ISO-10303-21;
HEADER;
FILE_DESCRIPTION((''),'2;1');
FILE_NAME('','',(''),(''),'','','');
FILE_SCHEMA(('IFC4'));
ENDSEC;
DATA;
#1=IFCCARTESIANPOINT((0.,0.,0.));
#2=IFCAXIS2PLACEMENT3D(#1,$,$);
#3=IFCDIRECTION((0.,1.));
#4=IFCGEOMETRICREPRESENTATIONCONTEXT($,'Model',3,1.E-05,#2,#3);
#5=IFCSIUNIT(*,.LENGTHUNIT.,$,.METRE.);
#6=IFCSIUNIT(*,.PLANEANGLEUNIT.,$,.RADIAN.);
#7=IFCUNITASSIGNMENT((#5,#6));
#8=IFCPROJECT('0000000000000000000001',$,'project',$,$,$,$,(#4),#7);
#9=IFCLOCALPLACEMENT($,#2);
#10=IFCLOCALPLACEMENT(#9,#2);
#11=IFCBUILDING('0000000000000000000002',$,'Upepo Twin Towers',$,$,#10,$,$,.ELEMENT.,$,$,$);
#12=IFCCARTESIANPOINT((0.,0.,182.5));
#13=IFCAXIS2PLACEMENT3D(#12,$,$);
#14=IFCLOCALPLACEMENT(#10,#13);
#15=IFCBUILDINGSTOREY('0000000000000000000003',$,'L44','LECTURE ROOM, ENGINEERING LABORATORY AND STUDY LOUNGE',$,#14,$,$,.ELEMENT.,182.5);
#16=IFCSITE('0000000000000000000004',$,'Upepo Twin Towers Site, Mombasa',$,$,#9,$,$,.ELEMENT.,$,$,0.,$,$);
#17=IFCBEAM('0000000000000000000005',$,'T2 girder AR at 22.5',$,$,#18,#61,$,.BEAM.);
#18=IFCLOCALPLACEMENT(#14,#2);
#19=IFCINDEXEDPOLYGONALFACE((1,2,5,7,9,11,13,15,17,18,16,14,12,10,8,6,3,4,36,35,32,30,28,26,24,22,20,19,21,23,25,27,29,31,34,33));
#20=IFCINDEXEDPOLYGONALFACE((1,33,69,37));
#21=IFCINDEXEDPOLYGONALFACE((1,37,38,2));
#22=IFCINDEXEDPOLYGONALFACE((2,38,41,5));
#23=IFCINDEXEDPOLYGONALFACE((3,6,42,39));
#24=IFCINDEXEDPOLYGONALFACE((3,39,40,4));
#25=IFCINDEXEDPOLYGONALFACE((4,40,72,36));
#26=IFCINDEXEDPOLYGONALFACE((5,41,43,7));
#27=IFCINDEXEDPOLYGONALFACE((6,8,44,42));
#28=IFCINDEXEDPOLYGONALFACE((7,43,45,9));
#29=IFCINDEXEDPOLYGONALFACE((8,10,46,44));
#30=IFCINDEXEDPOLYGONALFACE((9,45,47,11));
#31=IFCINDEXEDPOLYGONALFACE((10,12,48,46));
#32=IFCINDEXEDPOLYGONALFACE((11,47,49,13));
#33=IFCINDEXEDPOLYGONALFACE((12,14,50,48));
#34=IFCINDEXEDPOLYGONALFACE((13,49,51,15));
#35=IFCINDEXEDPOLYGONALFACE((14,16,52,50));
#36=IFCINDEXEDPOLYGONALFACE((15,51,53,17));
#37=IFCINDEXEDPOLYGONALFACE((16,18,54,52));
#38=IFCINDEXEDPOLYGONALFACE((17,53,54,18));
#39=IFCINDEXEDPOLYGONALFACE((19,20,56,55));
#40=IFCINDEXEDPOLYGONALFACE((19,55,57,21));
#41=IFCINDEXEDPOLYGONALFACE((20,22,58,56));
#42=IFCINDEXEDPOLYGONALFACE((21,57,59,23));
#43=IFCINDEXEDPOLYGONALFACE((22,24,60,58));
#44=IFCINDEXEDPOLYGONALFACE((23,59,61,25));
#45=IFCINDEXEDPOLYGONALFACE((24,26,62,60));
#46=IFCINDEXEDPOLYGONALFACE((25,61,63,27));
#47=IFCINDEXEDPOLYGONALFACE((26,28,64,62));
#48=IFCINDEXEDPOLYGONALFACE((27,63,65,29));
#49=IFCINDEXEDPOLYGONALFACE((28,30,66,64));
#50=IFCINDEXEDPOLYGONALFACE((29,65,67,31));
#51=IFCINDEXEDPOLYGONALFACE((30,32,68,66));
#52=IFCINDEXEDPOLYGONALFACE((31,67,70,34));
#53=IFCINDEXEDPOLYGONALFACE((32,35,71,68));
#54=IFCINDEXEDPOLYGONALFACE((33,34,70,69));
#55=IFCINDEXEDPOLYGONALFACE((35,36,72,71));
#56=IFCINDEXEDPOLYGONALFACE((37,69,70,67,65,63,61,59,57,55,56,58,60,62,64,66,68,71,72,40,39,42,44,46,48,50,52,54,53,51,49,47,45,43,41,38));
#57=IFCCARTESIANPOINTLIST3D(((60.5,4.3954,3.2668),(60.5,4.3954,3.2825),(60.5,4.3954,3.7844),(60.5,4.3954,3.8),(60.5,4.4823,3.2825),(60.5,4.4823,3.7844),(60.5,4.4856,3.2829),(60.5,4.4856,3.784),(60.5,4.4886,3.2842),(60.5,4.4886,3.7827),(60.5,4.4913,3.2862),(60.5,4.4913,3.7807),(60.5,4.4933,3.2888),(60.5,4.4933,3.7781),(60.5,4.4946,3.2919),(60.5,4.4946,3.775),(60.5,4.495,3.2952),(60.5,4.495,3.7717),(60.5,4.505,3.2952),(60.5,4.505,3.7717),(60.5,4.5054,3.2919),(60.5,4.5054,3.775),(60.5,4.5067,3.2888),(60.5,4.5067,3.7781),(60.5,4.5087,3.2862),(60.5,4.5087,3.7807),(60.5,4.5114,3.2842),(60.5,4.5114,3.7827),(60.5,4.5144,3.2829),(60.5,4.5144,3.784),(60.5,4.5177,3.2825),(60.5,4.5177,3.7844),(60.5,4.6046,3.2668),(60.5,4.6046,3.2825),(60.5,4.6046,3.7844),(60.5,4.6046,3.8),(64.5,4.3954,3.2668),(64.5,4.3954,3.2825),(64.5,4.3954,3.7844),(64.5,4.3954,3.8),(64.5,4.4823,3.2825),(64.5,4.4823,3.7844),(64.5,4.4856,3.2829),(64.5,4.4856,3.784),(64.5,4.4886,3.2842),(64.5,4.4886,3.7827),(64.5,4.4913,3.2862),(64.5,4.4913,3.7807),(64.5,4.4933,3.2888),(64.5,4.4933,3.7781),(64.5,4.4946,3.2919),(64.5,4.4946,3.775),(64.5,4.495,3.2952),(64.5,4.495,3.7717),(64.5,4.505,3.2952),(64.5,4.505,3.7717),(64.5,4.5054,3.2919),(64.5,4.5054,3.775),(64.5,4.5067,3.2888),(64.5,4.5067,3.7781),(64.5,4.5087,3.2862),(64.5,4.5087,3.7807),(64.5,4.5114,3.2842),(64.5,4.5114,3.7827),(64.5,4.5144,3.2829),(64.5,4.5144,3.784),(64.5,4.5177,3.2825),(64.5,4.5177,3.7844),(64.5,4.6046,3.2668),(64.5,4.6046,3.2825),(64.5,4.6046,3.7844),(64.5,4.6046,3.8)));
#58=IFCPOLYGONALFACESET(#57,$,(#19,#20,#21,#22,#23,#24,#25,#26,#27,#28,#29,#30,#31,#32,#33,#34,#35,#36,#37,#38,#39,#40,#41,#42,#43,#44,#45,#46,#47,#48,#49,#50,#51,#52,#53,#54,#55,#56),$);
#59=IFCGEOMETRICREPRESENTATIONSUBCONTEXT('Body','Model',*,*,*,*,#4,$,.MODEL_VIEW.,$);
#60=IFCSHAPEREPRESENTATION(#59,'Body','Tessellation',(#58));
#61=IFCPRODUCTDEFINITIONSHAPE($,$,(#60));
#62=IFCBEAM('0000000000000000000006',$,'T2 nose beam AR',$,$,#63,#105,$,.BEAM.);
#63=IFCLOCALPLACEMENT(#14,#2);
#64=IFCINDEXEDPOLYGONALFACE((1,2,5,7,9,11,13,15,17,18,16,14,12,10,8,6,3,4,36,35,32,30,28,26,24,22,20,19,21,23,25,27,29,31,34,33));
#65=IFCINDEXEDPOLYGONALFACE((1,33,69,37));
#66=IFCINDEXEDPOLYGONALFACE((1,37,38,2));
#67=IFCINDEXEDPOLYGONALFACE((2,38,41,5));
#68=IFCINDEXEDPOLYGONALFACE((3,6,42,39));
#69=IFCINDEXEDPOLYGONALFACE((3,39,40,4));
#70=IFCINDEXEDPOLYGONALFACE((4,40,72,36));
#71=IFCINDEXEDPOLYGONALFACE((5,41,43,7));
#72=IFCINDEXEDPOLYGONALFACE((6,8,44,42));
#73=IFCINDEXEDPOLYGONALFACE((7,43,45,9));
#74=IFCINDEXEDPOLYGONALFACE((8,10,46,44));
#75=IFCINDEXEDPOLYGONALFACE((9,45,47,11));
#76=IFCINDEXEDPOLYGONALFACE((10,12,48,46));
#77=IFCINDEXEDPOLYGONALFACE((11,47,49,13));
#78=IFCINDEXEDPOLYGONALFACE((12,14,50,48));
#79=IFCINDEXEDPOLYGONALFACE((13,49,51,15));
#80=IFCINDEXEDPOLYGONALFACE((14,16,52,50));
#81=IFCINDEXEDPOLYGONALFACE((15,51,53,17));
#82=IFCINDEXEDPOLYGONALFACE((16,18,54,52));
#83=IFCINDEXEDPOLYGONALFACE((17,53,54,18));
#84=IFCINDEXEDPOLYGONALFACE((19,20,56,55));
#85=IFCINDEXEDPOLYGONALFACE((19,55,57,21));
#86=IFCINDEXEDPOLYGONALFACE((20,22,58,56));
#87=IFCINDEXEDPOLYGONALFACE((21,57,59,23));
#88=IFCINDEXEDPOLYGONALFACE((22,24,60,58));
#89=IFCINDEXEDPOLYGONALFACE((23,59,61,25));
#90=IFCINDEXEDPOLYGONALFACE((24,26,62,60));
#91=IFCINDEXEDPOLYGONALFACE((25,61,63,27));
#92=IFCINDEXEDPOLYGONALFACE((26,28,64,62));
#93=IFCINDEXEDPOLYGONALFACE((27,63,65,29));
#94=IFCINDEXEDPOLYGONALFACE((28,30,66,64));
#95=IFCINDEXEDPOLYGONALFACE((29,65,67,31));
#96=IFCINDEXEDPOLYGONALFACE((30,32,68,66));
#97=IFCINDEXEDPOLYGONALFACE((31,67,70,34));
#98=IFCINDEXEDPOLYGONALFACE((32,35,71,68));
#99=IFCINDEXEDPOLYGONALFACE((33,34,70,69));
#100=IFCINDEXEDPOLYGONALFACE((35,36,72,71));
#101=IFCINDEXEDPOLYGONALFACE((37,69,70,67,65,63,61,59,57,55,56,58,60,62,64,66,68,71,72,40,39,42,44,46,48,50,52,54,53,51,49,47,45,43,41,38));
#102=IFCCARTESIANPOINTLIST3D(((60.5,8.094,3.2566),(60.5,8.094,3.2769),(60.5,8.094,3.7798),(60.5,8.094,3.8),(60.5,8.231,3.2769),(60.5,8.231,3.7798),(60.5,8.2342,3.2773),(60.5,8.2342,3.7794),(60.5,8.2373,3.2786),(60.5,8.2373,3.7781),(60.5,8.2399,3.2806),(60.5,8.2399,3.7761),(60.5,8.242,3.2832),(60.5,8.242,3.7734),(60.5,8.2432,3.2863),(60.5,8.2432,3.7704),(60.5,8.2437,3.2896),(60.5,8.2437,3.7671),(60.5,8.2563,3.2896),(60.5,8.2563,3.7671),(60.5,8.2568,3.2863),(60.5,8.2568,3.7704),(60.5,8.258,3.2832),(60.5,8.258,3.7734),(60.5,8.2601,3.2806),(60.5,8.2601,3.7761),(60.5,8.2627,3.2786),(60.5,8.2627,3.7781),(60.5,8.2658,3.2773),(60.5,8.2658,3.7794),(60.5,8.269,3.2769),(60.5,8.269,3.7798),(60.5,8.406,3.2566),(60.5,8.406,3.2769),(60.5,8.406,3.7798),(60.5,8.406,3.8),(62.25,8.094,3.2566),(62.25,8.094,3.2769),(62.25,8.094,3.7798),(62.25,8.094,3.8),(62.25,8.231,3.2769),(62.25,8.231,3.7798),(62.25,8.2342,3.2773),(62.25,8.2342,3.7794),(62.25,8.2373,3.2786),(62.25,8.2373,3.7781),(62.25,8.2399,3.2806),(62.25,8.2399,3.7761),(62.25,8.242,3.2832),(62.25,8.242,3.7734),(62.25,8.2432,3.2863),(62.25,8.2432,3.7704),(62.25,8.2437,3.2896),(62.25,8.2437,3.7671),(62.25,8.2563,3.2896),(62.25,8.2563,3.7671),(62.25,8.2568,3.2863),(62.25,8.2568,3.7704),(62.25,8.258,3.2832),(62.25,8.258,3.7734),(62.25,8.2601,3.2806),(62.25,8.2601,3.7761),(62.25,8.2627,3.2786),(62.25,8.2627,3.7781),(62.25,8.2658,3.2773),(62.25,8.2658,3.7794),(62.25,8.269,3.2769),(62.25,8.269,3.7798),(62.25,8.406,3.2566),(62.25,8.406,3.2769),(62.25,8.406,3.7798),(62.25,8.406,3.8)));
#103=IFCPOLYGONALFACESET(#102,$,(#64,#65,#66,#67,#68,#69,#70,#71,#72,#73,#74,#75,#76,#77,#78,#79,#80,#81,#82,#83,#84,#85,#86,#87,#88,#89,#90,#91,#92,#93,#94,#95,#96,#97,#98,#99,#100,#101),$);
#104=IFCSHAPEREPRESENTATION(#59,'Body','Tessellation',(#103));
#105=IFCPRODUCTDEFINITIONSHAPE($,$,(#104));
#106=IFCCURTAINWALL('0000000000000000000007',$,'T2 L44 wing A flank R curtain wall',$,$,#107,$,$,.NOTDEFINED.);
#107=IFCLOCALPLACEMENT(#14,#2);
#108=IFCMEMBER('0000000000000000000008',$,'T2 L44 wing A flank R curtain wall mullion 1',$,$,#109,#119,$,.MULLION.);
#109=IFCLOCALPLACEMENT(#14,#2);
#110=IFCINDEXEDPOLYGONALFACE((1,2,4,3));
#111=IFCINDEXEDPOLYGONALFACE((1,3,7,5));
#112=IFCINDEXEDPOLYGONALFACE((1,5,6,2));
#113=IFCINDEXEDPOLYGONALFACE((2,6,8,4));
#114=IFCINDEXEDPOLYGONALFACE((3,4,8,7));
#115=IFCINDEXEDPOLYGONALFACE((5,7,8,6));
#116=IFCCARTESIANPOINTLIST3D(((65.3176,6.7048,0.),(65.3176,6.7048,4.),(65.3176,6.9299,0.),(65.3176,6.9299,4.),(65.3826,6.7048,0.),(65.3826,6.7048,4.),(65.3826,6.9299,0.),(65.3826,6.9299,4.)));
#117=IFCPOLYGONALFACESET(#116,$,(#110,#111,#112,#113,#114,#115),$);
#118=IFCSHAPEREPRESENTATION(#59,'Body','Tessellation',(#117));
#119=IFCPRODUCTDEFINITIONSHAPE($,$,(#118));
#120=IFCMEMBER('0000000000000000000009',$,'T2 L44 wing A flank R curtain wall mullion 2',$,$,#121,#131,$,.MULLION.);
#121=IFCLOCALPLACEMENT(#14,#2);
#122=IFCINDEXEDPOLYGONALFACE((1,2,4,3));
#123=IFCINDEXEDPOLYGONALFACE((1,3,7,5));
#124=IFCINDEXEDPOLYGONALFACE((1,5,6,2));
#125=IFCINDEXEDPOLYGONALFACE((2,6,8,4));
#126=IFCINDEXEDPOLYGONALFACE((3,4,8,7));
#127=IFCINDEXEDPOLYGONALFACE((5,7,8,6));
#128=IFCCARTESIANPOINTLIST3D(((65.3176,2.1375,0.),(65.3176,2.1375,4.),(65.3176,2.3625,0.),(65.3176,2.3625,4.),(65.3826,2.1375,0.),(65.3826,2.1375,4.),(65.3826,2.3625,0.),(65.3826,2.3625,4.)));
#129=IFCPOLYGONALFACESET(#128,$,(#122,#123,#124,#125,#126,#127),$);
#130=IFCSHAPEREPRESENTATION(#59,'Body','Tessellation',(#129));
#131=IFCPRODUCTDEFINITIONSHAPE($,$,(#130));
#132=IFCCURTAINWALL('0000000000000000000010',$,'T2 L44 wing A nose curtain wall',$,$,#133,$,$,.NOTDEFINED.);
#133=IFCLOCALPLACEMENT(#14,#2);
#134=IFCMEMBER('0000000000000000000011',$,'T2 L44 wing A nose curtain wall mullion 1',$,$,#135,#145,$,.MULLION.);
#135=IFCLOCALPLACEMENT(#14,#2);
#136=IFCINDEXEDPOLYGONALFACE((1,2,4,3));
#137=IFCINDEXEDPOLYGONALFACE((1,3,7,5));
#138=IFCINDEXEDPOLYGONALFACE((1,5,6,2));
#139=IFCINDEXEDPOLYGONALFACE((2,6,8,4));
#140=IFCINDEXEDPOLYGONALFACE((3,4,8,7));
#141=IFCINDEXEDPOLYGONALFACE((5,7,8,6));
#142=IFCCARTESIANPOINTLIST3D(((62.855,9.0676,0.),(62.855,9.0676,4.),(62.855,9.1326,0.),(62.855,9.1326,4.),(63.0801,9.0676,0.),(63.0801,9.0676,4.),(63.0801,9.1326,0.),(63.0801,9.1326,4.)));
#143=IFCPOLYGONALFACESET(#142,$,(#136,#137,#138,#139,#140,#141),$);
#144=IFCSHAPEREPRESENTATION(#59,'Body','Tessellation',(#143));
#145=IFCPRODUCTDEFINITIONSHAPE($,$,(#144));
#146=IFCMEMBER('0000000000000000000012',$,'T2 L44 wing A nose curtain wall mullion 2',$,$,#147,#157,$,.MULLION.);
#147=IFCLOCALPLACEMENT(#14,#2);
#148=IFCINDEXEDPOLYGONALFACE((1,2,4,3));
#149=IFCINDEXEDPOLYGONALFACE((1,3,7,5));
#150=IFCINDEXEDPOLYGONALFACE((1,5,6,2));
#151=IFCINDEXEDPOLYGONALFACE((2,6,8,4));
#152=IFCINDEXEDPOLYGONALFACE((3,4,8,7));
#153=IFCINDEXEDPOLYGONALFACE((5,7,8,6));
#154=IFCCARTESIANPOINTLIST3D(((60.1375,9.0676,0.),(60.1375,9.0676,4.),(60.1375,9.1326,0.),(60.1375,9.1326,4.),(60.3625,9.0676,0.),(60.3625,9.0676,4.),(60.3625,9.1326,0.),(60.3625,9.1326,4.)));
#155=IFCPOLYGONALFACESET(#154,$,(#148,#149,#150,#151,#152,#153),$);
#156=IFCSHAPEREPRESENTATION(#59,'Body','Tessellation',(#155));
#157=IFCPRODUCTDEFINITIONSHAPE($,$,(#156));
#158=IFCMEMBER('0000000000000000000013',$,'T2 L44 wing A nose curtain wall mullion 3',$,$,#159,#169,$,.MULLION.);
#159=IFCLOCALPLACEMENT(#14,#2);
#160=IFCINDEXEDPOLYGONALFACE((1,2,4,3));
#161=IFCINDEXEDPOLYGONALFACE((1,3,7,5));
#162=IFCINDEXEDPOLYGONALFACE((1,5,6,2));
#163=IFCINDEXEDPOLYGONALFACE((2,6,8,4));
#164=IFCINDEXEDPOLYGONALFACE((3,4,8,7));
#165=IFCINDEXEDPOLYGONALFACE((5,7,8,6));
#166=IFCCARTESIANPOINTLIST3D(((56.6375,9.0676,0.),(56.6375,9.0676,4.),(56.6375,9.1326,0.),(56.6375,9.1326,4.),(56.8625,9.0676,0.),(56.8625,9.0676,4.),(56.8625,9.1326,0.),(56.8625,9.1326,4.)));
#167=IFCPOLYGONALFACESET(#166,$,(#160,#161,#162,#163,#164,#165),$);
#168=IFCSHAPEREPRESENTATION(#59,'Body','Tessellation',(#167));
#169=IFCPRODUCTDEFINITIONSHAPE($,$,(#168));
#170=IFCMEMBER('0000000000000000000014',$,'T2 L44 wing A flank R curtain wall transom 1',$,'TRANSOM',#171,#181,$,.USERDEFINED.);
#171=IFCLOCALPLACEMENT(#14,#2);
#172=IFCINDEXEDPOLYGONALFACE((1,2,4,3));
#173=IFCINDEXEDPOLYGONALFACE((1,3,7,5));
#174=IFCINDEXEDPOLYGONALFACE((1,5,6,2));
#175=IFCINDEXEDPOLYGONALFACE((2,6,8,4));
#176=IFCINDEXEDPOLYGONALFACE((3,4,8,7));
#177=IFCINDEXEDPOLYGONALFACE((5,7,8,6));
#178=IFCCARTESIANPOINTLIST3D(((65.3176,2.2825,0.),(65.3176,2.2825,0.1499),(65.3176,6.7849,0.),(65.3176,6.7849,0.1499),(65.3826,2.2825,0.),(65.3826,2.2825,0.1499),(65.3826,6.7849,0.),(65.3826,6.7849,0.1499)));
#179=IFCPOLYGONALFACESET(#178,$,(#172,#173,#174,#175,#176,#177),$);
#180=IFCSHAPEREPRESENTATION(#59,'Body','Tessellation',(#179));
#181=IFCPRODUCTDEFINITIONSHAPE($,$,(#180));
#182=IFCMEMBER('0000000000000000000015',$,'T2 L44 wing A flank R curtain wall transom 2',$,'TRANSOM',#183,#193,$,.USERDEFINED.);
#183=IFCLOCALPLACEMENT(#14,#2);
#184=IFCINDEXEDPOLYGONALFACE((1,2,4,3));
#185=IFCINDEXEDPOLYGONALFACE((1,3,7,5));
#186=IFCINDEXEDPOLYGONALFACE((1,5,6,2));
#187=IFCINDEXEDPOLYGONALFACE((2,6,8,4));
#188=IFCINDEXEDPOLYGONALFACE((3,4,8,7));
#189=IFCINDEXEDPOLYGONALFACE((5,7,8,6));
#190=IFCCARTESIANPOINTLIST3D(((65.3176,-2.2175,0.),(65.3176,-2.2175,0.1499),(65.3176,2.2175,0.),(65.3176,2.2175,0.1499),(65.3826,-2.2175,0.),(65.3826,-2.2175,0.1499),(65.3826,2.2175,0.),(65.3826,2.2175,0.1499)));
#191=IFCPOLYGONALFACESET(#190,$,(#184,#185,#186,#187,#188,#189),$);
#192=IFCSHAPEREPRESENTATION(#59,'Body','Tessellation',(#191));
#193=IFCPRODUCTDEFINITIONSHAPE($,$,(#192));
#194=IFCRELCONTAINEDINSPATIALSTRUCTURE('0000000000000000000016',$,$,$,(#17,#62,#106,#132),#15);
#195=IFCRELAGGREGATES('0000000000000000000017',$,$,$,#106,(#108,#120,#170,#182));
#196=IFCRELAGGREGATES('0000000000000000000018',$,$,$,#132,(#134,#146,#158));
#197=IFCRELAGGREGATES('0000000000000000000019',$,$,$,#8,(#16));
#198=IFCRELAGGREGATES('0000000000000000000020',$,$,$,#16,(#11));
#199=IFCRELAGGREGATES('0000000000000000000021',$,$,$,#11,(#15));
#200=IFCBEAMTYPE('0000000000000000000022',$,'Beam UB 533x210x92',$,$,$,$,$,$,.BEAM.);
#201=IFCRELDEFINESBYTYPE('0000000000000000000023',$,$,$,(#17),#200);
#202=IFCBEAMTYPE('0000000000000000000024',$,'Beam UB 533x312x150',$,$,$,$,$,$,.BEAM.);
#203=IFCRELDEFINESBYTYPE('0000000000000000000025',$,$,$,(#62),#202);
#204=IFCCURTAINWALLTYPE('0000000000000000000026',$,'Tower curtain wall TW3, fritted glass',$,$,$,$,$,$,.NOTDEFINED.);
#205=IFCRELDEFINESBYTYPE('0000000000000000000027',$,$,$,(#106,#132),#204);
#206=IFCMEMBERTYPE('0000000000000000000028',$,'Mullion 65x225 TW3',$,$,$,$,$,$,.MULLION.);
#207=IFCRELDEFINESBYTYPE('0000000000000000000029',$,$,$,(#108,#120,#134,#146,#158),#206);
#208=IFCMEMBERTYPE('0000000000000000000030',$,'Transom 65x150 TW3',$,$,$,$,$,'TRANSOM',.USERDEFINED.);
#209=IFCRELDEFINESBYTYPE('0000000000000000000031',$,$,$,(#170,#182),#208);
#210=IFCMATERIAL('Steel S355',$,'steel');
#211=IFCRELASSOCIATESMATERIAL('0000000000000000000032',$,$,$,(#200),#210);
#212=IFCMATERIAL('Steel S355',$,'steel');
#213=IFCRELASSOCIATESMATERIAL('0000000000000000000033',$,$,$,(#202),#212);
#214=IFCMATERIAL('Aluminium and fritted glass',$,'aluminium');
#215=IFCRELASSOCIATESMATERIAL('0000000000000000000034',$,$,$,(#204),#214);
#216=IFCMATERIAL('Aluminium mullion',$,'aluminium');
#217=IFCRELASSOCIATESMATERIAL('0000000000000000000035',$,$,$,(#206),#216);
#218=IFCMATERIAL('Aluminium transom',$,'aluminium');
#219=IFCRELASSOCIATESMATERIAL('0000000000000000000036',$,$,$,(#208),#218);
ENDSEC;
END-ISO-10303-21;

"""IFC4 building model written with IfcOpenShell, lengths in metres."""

from ifc_helpers import new_model, si_unit, direction, frame, origin, origin_2d, place, context, subcontext, project, spatial, rectangle, i_section, extrude, material, material_profile, profile_set, type_object, element, aggregate, save


model = new_model("IFC4")

# Units and contexts
model_context = context("Model", 3, precision=1e-05, world=origin(), true_north=direction((0.0, 1.0)))
body_context = subcontext(model_context, "Body", "Model", "MODEL_VIEW")
ifc_project = project(units=[si_unit("LENGTHUNIT", "METRE"), si_unit("PLANEANGLEUNIT", "RADIAN")], contexts=[model_context])

# Site, building, storey
site_placement = place(None, origin())
site = spatial("IfcSite", under=ifc_project, at=site_placement, Name="Upepo Twin Towers Site, Mombasa", CompositionType="ELEMENT", RefElevation=0.0)
building_placement = place(site_placement, origin())
building = spatial("IfcBuilding", under=site, at=building_placement, Name="Upepo Twin Towers", CompositionType="ELEMENT")
storey_placement = place(building_placement, frame((0.0, 0.0, 182.5)))
storey = spatial("IfcBuildingStorey", under=building, at=storey_placement, Name="L44", Description="LECTURE ROOM, ENGINEERING LABORATORY AND STUDY LOUNGE", CompositionType="ELEMENT", Elevation=182.5)

# Beams
ifc_material_1 = material(Name="Steel S355", Category="steel")
ifc_material_profile_1 = material_profile(ifc_material_1, i_section(OverallWidth=0.2092, OverallDepth=0.5332, WebThickness=0.01, FlangeThickness=0.0156, FilletRadius=0.0127, at=origin_2d()), Name="UB 533x210x92")
ifc_profile_set_1 = profile_set([ifc_material_profile_1], Name="Steel S355")
beam_type_1 = type_object("IfcBeamType", Name="Beam UB 533x210x92", PredefinedType="BEAM", material=ifc_profile_set_1)
for number, where, z_axis, x_axis, name in (
    (1, (64.5, 4.5, 3.5334), (-1.0, 0.0, 0.0), (0.0, -1.0, 0.0), "T2 girder AR at 22.5"),
):
    element("IfcBeam", number, at=place(storey_placement, frame(where, z_axis=z_axis, x_axis=x_axis)), inside=storey, type_object=beam_type_1, Name=name, PredefinedType="BEAM", context=body_context, shape_type="SweptSolid", body=[
        extrude(i_section(OverallWidth=0.2092, OverallDepth=0.5332, WebThickness=0.01, FlangeThickness=0.0156, FilletRadius=0.0127, at=origin_2d()), origin(), (0.0, 0.0, 1.0), 4.0),
    ])
ifc_material_2 = material(Name="Steel S355", Category="steel")
ifc_material_profile_2 = material_profile(ifc_material_2, i_section(OverallWidth=0.312, OverallDepth=0.5435, WebThickness=0.0127, FlangeThickness=0.0203, FilletRadius=0.0127, at=origin_2d()), Name="UB 533x312x150")
ifc_profile_set_2 = profile_set([ifc_material_profile_2], Name="Steel S355")
beam_type_2 = type_object("IfcBeamType", Name="Beam UB 533x312x150", PredefinedType="BEAM", material=ifc_profile_set_2)
beam_1_placement = place(storey_placement, frame((62.25, 8.25, 3.5283), z_axis=(-1.0, 0.0, 0.0), x_axis=(0.0, -1.0, 0.0)))
element("IfcBeam", 2, at=beam_1_placement, inside=storey, type_object=beam_type_2, Name="T2 nose beam AR", PredefinedType="BEAM", context=body_context, shape_type="SweptSolid", body=[
    extrude(i_section(OverallWidth=0.312, OverallDepth=0.5435, WebThickness=0.0127, FlangeThickness=0.0203, FilletRadius=0.0127, at=origin_2d()), origin(), (0.0, 0.0, 1.0), 1.75),
])

# Curtain walls, members
ifc_material_3 = material(Name="Aluminium and fritted glass", Category="aluminium")
curtain_wall_type = type_object("IfcCurtainWallType", Name="Tower curtain wall TW3, fritted glass", PredefinedType="NOTDEFINED", material=ifc_material_3)
curtain_wall_1_placement = place(storey_placement, origin())
curtain_wall_1 = element("IfcCurtainWall", 3, at=curtain_wall_1_placement, inside=storey, type_object=curtain_wall_type, Name="T2 L44 wing A flank R curtain wall", PredefinedType="NOTDEFINED")
ifc_material_4 = material(Name="Aluminium mullion", Category="aluminium")
ifc_material_profile_3 = material_profile(ifc_material_4, rectangle(XDim=0.0649, YDim=0.2251, at=origin_2d()), Name="MULLION 65x225")
ifc_profile_set_3 = profile_set([ifc_material_profile_3], Name="Aluminium mullion")
member_type_1 = type_object("IfcMemberType", Name="Mullion 65x225 TW3", PredefinedType="MULLION", material=ifc_profile_set_3)
member_1_placement = place(storey_placement, frame((65.3501, 6.8174, 0.0), z_axis=(0.0, 0.0, 1.0), x_axis=(1.0, 0.0, 0.0)))
member_1 = element("IfcMember", 4, at=member_1_placement, type_object=member_type_1, Name="T2 L44 wing A flank R curtain wall mullion 1", PredefinedType="MULLION", context=body_context, shape_type="SweptSolid", body=[
    extrude(rectangle(XDim=0.0649, YDim=0.2251, at=origin_2d()), origin(), (0.0, 0.0, 1.0), 4.0),
])
member_2_placement = place(storey_placement, frame((65.3501, 2.25, 0.0), z_axis=(0.0, 0.0, 1.0), x_axis=(1.0, 0.0, 0.0)))
member_2 = element("IfcMember", 5, at=member_2_placement, type_object=member_type_1, Name="T2 L44 wing A flank R curtain wall mullion 2", PredefinedType="MULLION", context=body_context, shape_type="SweptSolid", body=[
    extrude(rectangle(XDim=0.0649, YDim=0.2251, at=origin_2d()), origin(), (0.0, 0.0, 1.0), 4.0),
])
curtain_wall_2_placement = place(storey_placement, origin())
curtain_wall_2 = element("IfcCurtainWall", 6, at=curtain_wall_2_placement, inside=storey, type_object=curtain_wall_type, Name="T2 L44 wing A nose curtain wall", PredefinedType="NOTDEFINED")
member_3_placement = place(storey_placement, frame((62.9675, 9.1001, 0.0), z_axis=(0.0, 0.0, 1.0), x_axis=(0.0, -1.0, 0.0)))
member_3 = element("IfcMember", 7, at=member_3_placement, type_object=member_type_1, Name="T2 L44 wing A nose curtain wall mullion 1", PredefinedType="MULLION", context=body_context, shape_type="SweptSolid", body=[
    extrude(rectangle(XDim=0.0649, YDim=0.2251, at=origin_2d()), origin(), (0.0, 0.0, 1.0), 4.0),
])
member_4_placement = place(storey_placement, frame((60.25, 9.1001, 0.0), z_axis=(0.0, 0.0, 1.0), x_axis=(0.0, -1.0, 0.0)))
member_4 = element("IfcMember", 8, at=member_4_placement, type_object=member_type_1, Name="T2 L44 wing A nose curtain wall mullion 2", PredefinedType="MULLION", context=body_context, shape_type="SweptSolid", body=[
    extrude(rectangle(XDim=0.0649, YDim=0.2251, at=origin_2d()), origin(), (0.0, 0.0, 1.0), 4.0),
])
member_5_placement = place(storey_placement, frame((56.75, 9.1001, 0.0), z_axis=(0.0, 0.0, 1.0), x_axis=(0.0, -1.0, 0.0)))
member_5 = element("IfcMember", 9, at=member_5_placement, type_object=member_type_1, Name="T2 L44 wing A nose curtain wall mullion 3", PredefinedType="MULLION", context=body_context, shape_type="SweptSolid", body=[
    extrude(rectangle(XDim=0.0649, YDim=0.2251, at=origin_2d()), origin(), (0.0, 0.0, 1.0), 4.0),
])

# Members
ifc_material_5 = material(Name="Aluminium transom", Category="aluminium")
ifc_material_profile_4 = material_profile(ifc_material_5, rectangle(XDim=0.0649, YDim=0.1499, at=origin_2d()), Name="TRANSOM 65x150")
ifc_profile_set_4 = profile_set([ifc_material_profile_4], Name="Aluminium transom")
member_type_2 = type_object("IfcMemberType", Name="Transom 65x150 TW3", ElementType="TRANSOM", PredefinedType="USERDEFINED", material=ifc_profile_set_4)
member_6_placement = place(storey_placement, frame((65.3501, 6.7849, 0.075), z_axis=(0.0, -1.0, 0.0), x_axis=(1.0, 0.0, 0.0)))
member_6 = element("IfcMember", 10, at=member_6_placement, type_object=member_type_2, Name="T2 L44 wing A flank R curtain wall transom 1", ObjectType="TRANSOM", PredefinedType="USERDEFINED", context=body_context, shape_type="SweptSolid", body=[
    extrude(rectangle(XDim=0.0649, YDim=0.1499, at=origin_2d()), origin(), (0.0, 0.0, 1.0), 4.5024),
])
member_7_placement = place(storey_placement, frame((65.3501, 2.2175, 0.075), z_axis=(0.0, -1.0, 0.0), x_axis=(1.0, 0.0, 0.0)))
member_7 = element("IfcMember", 11, at=member_7_placement, type_object=member_type_2, Name="T2 L44 wing A flank R curtain wall transom 2", ObjectType="TRANSOM", PredefinedType="USERDEFINED", context=body_context, shape_type="SweptSolid", body=[
    extrude(rectangle(XDim=0.0649, YDim=0.1499, at=origin_2d()), origin(), (0.0, 0.0, 1.0), 4.4351),
])

aggregate(curtain_wall_1, [member_1, member_2, member_6, member_7])
aggregate(curtain_wall_2, [member_3, member_4, member_5])

save(model, "model.ifc")
